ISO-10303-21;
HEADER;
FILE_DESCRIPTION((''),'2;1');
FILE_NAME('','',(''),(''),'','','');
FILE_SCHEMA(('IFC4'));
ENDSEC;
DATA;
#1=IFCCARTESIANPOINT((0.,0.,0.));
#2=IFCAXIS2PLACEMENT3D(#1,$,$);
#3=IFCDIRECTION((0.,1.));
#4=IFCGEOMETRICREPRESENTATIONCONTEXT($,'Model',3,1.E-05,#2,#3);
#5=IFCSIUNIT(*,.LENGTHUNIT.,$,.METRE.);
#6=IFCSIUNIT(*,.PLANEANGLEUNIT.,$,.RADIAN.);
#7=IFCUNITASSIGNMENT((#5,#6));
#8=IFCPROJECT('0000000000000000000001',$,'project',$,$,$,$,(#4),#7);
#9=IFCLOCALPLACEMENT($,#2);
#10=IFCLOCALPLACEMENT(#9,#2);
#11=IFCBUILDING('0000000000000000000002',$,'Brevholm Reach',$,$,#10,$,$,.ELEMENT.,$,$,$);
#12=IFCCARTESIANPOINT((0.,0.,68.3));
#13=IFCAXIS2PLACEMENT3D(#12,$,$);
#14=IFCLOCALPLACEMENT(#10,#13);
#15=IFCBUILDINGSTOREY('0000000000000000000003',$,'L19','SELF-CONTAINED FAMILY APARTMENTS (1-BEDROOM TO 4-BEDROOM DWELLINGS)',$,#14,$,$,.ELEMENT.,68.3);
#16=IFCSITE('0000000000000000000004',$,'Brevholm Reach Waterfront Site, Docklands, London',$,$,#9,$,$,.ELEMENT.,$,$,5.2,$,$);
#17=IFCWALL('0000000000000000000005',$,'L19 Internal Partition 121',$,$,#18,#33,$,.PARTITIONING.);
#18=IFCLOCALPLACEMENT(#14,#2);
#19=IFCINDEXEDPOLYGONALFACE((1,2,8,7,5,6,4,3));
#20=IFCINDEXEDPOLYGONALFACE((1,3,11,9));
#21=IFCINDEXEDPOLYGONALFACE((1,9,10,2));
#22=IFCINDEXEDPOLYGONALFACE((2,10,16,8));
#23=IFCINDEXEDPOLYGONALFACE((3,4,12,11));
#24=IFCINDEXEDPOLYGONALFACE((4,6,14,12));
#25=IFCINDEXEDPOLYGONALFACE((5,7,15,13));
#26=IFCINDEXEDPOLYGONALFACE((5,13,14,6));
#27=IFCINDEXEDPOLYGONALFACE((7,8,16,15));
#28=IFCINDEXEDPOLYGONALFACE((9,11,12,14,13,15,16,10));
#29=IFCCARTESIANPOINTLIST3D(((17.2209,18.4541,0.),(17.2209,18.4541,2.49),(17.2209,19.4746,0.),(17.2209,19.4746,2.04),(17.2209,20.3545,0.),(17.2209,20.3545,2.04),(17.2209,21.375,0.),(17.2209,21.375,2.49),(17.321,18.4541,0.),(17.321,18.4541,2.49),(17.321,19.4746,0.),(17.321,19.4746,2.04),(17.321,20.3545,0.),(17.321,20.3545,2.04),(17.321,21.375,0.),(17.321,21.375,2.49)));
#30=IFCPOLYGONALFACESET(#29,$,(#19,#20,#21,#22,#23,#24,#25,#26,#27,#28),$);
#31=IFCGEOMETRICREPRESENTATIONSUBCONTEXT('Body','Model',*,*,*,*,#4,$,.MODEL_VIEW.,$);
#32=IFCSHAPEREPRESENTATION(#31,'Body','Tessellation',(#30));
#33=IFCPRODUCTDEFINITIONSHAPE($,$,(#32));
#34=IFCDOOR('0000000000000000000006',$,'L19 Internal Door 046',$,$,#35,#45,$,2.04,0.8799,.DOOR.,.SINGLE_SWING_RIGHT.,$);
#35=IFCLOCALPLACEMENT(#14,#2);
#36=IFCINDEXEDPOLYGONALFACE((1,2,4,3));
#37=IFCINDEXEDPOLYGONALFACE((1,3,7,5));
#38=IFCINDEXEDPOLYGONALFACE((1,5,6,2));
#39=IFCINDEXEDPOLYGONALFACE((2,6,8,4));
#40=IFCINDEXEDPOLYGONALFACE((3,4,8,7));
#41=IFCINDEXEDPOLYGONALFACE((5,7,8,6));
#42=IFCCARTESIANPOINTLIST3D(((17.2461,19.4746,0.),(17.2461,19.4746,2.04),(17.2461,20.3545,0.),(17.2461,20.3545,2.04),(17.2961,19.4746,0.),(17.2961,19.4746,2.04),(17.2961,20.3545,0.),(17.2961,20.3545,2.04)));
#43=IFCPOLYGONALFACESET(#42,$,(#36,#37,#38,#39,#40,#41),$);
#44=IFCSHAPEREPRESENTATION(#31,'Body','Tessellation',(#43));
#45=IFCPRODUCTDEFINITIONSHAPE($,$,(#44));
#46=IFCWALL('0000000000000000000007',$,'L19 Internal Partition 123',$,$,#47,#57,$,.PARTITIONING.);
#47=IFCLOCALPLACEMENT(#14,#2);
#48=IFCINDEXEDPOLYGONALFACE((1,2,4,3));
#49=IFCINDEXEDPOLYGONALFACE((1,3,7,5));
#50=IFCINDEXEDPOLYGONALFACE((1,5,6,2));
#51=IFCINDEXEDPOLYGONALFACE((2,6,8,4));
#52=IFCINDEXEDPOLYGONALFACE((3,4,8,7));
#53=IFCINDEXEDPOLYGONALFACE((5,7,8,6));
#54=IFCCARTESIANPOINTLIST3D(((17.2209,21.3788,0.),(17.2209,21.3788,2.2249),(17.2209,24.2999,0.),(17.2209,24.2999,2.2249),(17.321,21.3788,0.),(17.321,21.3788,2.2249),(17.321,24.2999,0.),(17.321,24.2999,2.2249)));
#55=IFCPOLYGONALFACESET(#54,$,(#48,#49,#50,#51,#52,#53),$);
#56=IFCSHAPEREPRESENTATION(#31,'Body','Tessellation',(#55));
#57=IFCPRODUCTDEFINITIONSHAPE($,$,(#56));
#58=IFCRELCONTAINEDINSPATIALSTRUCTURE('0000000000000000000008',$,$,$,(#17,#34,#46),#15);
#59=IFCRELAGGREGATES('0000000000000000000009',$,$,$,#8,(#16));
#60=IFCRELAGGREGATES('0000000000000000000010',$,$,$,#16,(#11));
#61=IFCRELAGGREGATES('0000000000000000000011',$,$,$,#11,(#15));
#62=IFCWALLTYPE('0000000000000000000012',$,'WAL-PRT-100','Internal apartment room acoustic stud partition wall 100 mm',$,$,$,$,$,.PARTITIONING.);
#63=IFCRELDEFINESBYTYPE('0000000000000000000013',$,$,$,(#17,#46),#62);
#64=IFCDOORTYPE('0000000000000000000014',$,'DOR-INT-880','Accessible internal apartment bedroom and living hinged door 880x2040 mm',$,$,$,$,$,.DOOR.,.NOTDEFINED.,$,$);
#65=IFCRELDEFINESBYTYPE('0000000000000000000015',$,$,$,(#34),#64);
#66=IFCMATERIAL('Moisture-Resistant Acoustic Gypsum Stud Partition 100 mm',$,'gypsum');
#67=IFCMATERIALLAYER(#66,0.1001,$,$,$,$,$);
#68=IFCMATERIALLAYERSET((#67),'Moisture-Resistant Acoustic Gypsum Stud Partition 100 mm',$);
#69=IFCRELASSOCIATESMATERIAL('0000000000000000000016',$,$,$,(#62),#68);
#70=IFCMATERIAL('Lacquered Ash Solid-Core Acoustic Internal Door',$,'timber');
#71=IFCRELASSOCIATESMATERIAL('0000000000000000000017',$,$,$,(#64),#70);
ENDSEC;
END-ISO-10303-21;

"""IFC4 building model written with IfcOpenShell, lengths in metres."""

from ifc_helpers import new_model, si_unit, direction, frame, frame_2d, origin, place, context, subcontext, project, spatial, rectangle, extrude, material, layer, layer_set, type_object, element, fill, save


model = new_model("IFC4")

# Units and contexts
model_context = context("Model", 3, precision=1e-05, world=origin(), true_north=direction((0.0, 1.0)))
body_context = subcontext(model_context, "Body", "Model", "MODEL_VIEW")
ifc_project = project(units=[si_unit("LENGTHUNIT", "METRE"), si_unit("PLANEANGLEUNIT", "RADIAN")], contexts=[model_context])

# Site, building, storey
site_placement = place(None, origin())
site = spatial("IfcSite", under=ifc_project, at=site_placement, Name="Brevholm Reach Waterfront Site, Docklands, London", CompositionType="ELEMENT", RefElevation=5.2)
building_placement = place(site_placement, origin())
building = spatial("IfcBuilding", under=site, at=building_placement, Name="Brevholm Reach", CompositionType="ELEMENT")
storey_placement = place(building_placement, frame((0.0, 0.0, 68.3)))
storey = spatial("IfcBuildingStorey", under=building, at=storey_placement, Name="L19", Description="SELF-CONTAINED FAMILY APARTMENTS (1-BEDROOM TO 4-BEDROOM DWELLINGS)", CompositionType="ELEMENT", Elevation=68.3)

# Shared definitions
ifc_material_1 = material(Name="Moisture-Resistant Acoustic Gypsum Stud Partition 100 mm", Category="gypsum")
ifc_layer = layer(ifc_material_1, 0.1001)
ifc_layer_set = layer_set([ifc_layer], Name="Moisture-Resistant Acoustic Gypsum Stud Partition 100 mm")
wall_type = type_object("IfcWallType", Name="WAL-PRT-100", Description="Internal apartment room acoustic stud partition wall 100 mm", PredefinedType="PARTITIONING", material=ifc_layer_set)

# Shared definitions
ifc_material_2 = material(Name="Lacquered Ash Solid-Core Acoustic Internal Door", Category="timber")
door_type = type_object("IfcDoorType", Name="DOR-INT-880", Description="Accessible internal apartment bedroom and living hinged door 880x2040 mm", OperationType="NOTDEFINED", PredefinedType="DOOR", material=ifc_material_2)

# Wall, opening, door
wall_1_placement = place(storey_placement, frame((17.271, 18.4541, 0.0), z_axis=(0.0, 0.0, 1.0), x_axis=(0.0, 1.0, 0.0)))
wall_1 = element("IfcWall", 1, at=wall_1_placement, inside=storey, type_object=wall_type, Name="L19 Internal Partition 121", PredefinedType="PARTITIONING", context=body_context, shape_type="SweptSolid", body=[
    extrude(rectangle(XDim=2.9209, YDim=0.1001, at=frame_2d((1.4604, 0.0))), origin(), (0.0, 0.0, 1.0), 2.49),
])
opening_1_placement = place(wall_1_placement, frame((1.0205, 0.0, 0.0)))
opening_1 = element("IfcOpeningElement", 2, at=opening_1_placement, cuts=wall_1, PredefinedType="OPENING", context=body_context, shape_type="SweptSolid", body=[
    extrude(rectangle(XDim=0.8799, YDim=2.04, at=frame_2d((0.4399, 1.02))), frame((0.0, 0.0601, 0.0), z_axis=(0.0, -1.0, 0.0), x_axis=(1.0, 0.0, 0.0)), (0.0, 0.0, 1.0), 0.1201),
])
door_1_placement = place(opening_1_placement, origin())
door_1 = element("IfcDoor", 3, at=door_1_placement, inside=storey, type_object=door_type, Name="L19 Internal Door 046", OperationType="SINGLE_SWING_RIGHT", OverallHeight=2.04, OverallWidth=0.8799, PredefinedType="DOOR", context=body_context, shape_type="SweptSolid", body=[
    extrude(rectangle(XDim=0.8799, YDim=2.04, at=frame_2d((0.4399, 1.02))), frame((0.0, 0.0249, 0.0), z_axis=(0.0, -1.0, 0.0), x_axis=(1.0, 0.0, 0.0)), (0.0, 0.0, 1.0), 0.05),
])
fill(opening_1, door_1)

# Wall
wall_2_placement = place(storey_placement, frame((17.271, 21.3789, 0.0), z_axis=(0.0, 0.0, 1.0), x_axis=(0.0, 1.0, 0.0)))
element("IfcWall", 4, at=wall_2_placement, inside=storey, type_object=wall_type, Name="L19 Internal Partition 123", PredefinedType="PARTITIONING", context=body_context, shape_type="SweptSolid", body=[
    extrude(rectangle(XDim=2.9211, YDim=0.1001, at=frame_2d((1.4604, 0.0))), origin(), (0.0, 0.0, 1.0), 2.2249),
])

save(model, "model.ifc")
